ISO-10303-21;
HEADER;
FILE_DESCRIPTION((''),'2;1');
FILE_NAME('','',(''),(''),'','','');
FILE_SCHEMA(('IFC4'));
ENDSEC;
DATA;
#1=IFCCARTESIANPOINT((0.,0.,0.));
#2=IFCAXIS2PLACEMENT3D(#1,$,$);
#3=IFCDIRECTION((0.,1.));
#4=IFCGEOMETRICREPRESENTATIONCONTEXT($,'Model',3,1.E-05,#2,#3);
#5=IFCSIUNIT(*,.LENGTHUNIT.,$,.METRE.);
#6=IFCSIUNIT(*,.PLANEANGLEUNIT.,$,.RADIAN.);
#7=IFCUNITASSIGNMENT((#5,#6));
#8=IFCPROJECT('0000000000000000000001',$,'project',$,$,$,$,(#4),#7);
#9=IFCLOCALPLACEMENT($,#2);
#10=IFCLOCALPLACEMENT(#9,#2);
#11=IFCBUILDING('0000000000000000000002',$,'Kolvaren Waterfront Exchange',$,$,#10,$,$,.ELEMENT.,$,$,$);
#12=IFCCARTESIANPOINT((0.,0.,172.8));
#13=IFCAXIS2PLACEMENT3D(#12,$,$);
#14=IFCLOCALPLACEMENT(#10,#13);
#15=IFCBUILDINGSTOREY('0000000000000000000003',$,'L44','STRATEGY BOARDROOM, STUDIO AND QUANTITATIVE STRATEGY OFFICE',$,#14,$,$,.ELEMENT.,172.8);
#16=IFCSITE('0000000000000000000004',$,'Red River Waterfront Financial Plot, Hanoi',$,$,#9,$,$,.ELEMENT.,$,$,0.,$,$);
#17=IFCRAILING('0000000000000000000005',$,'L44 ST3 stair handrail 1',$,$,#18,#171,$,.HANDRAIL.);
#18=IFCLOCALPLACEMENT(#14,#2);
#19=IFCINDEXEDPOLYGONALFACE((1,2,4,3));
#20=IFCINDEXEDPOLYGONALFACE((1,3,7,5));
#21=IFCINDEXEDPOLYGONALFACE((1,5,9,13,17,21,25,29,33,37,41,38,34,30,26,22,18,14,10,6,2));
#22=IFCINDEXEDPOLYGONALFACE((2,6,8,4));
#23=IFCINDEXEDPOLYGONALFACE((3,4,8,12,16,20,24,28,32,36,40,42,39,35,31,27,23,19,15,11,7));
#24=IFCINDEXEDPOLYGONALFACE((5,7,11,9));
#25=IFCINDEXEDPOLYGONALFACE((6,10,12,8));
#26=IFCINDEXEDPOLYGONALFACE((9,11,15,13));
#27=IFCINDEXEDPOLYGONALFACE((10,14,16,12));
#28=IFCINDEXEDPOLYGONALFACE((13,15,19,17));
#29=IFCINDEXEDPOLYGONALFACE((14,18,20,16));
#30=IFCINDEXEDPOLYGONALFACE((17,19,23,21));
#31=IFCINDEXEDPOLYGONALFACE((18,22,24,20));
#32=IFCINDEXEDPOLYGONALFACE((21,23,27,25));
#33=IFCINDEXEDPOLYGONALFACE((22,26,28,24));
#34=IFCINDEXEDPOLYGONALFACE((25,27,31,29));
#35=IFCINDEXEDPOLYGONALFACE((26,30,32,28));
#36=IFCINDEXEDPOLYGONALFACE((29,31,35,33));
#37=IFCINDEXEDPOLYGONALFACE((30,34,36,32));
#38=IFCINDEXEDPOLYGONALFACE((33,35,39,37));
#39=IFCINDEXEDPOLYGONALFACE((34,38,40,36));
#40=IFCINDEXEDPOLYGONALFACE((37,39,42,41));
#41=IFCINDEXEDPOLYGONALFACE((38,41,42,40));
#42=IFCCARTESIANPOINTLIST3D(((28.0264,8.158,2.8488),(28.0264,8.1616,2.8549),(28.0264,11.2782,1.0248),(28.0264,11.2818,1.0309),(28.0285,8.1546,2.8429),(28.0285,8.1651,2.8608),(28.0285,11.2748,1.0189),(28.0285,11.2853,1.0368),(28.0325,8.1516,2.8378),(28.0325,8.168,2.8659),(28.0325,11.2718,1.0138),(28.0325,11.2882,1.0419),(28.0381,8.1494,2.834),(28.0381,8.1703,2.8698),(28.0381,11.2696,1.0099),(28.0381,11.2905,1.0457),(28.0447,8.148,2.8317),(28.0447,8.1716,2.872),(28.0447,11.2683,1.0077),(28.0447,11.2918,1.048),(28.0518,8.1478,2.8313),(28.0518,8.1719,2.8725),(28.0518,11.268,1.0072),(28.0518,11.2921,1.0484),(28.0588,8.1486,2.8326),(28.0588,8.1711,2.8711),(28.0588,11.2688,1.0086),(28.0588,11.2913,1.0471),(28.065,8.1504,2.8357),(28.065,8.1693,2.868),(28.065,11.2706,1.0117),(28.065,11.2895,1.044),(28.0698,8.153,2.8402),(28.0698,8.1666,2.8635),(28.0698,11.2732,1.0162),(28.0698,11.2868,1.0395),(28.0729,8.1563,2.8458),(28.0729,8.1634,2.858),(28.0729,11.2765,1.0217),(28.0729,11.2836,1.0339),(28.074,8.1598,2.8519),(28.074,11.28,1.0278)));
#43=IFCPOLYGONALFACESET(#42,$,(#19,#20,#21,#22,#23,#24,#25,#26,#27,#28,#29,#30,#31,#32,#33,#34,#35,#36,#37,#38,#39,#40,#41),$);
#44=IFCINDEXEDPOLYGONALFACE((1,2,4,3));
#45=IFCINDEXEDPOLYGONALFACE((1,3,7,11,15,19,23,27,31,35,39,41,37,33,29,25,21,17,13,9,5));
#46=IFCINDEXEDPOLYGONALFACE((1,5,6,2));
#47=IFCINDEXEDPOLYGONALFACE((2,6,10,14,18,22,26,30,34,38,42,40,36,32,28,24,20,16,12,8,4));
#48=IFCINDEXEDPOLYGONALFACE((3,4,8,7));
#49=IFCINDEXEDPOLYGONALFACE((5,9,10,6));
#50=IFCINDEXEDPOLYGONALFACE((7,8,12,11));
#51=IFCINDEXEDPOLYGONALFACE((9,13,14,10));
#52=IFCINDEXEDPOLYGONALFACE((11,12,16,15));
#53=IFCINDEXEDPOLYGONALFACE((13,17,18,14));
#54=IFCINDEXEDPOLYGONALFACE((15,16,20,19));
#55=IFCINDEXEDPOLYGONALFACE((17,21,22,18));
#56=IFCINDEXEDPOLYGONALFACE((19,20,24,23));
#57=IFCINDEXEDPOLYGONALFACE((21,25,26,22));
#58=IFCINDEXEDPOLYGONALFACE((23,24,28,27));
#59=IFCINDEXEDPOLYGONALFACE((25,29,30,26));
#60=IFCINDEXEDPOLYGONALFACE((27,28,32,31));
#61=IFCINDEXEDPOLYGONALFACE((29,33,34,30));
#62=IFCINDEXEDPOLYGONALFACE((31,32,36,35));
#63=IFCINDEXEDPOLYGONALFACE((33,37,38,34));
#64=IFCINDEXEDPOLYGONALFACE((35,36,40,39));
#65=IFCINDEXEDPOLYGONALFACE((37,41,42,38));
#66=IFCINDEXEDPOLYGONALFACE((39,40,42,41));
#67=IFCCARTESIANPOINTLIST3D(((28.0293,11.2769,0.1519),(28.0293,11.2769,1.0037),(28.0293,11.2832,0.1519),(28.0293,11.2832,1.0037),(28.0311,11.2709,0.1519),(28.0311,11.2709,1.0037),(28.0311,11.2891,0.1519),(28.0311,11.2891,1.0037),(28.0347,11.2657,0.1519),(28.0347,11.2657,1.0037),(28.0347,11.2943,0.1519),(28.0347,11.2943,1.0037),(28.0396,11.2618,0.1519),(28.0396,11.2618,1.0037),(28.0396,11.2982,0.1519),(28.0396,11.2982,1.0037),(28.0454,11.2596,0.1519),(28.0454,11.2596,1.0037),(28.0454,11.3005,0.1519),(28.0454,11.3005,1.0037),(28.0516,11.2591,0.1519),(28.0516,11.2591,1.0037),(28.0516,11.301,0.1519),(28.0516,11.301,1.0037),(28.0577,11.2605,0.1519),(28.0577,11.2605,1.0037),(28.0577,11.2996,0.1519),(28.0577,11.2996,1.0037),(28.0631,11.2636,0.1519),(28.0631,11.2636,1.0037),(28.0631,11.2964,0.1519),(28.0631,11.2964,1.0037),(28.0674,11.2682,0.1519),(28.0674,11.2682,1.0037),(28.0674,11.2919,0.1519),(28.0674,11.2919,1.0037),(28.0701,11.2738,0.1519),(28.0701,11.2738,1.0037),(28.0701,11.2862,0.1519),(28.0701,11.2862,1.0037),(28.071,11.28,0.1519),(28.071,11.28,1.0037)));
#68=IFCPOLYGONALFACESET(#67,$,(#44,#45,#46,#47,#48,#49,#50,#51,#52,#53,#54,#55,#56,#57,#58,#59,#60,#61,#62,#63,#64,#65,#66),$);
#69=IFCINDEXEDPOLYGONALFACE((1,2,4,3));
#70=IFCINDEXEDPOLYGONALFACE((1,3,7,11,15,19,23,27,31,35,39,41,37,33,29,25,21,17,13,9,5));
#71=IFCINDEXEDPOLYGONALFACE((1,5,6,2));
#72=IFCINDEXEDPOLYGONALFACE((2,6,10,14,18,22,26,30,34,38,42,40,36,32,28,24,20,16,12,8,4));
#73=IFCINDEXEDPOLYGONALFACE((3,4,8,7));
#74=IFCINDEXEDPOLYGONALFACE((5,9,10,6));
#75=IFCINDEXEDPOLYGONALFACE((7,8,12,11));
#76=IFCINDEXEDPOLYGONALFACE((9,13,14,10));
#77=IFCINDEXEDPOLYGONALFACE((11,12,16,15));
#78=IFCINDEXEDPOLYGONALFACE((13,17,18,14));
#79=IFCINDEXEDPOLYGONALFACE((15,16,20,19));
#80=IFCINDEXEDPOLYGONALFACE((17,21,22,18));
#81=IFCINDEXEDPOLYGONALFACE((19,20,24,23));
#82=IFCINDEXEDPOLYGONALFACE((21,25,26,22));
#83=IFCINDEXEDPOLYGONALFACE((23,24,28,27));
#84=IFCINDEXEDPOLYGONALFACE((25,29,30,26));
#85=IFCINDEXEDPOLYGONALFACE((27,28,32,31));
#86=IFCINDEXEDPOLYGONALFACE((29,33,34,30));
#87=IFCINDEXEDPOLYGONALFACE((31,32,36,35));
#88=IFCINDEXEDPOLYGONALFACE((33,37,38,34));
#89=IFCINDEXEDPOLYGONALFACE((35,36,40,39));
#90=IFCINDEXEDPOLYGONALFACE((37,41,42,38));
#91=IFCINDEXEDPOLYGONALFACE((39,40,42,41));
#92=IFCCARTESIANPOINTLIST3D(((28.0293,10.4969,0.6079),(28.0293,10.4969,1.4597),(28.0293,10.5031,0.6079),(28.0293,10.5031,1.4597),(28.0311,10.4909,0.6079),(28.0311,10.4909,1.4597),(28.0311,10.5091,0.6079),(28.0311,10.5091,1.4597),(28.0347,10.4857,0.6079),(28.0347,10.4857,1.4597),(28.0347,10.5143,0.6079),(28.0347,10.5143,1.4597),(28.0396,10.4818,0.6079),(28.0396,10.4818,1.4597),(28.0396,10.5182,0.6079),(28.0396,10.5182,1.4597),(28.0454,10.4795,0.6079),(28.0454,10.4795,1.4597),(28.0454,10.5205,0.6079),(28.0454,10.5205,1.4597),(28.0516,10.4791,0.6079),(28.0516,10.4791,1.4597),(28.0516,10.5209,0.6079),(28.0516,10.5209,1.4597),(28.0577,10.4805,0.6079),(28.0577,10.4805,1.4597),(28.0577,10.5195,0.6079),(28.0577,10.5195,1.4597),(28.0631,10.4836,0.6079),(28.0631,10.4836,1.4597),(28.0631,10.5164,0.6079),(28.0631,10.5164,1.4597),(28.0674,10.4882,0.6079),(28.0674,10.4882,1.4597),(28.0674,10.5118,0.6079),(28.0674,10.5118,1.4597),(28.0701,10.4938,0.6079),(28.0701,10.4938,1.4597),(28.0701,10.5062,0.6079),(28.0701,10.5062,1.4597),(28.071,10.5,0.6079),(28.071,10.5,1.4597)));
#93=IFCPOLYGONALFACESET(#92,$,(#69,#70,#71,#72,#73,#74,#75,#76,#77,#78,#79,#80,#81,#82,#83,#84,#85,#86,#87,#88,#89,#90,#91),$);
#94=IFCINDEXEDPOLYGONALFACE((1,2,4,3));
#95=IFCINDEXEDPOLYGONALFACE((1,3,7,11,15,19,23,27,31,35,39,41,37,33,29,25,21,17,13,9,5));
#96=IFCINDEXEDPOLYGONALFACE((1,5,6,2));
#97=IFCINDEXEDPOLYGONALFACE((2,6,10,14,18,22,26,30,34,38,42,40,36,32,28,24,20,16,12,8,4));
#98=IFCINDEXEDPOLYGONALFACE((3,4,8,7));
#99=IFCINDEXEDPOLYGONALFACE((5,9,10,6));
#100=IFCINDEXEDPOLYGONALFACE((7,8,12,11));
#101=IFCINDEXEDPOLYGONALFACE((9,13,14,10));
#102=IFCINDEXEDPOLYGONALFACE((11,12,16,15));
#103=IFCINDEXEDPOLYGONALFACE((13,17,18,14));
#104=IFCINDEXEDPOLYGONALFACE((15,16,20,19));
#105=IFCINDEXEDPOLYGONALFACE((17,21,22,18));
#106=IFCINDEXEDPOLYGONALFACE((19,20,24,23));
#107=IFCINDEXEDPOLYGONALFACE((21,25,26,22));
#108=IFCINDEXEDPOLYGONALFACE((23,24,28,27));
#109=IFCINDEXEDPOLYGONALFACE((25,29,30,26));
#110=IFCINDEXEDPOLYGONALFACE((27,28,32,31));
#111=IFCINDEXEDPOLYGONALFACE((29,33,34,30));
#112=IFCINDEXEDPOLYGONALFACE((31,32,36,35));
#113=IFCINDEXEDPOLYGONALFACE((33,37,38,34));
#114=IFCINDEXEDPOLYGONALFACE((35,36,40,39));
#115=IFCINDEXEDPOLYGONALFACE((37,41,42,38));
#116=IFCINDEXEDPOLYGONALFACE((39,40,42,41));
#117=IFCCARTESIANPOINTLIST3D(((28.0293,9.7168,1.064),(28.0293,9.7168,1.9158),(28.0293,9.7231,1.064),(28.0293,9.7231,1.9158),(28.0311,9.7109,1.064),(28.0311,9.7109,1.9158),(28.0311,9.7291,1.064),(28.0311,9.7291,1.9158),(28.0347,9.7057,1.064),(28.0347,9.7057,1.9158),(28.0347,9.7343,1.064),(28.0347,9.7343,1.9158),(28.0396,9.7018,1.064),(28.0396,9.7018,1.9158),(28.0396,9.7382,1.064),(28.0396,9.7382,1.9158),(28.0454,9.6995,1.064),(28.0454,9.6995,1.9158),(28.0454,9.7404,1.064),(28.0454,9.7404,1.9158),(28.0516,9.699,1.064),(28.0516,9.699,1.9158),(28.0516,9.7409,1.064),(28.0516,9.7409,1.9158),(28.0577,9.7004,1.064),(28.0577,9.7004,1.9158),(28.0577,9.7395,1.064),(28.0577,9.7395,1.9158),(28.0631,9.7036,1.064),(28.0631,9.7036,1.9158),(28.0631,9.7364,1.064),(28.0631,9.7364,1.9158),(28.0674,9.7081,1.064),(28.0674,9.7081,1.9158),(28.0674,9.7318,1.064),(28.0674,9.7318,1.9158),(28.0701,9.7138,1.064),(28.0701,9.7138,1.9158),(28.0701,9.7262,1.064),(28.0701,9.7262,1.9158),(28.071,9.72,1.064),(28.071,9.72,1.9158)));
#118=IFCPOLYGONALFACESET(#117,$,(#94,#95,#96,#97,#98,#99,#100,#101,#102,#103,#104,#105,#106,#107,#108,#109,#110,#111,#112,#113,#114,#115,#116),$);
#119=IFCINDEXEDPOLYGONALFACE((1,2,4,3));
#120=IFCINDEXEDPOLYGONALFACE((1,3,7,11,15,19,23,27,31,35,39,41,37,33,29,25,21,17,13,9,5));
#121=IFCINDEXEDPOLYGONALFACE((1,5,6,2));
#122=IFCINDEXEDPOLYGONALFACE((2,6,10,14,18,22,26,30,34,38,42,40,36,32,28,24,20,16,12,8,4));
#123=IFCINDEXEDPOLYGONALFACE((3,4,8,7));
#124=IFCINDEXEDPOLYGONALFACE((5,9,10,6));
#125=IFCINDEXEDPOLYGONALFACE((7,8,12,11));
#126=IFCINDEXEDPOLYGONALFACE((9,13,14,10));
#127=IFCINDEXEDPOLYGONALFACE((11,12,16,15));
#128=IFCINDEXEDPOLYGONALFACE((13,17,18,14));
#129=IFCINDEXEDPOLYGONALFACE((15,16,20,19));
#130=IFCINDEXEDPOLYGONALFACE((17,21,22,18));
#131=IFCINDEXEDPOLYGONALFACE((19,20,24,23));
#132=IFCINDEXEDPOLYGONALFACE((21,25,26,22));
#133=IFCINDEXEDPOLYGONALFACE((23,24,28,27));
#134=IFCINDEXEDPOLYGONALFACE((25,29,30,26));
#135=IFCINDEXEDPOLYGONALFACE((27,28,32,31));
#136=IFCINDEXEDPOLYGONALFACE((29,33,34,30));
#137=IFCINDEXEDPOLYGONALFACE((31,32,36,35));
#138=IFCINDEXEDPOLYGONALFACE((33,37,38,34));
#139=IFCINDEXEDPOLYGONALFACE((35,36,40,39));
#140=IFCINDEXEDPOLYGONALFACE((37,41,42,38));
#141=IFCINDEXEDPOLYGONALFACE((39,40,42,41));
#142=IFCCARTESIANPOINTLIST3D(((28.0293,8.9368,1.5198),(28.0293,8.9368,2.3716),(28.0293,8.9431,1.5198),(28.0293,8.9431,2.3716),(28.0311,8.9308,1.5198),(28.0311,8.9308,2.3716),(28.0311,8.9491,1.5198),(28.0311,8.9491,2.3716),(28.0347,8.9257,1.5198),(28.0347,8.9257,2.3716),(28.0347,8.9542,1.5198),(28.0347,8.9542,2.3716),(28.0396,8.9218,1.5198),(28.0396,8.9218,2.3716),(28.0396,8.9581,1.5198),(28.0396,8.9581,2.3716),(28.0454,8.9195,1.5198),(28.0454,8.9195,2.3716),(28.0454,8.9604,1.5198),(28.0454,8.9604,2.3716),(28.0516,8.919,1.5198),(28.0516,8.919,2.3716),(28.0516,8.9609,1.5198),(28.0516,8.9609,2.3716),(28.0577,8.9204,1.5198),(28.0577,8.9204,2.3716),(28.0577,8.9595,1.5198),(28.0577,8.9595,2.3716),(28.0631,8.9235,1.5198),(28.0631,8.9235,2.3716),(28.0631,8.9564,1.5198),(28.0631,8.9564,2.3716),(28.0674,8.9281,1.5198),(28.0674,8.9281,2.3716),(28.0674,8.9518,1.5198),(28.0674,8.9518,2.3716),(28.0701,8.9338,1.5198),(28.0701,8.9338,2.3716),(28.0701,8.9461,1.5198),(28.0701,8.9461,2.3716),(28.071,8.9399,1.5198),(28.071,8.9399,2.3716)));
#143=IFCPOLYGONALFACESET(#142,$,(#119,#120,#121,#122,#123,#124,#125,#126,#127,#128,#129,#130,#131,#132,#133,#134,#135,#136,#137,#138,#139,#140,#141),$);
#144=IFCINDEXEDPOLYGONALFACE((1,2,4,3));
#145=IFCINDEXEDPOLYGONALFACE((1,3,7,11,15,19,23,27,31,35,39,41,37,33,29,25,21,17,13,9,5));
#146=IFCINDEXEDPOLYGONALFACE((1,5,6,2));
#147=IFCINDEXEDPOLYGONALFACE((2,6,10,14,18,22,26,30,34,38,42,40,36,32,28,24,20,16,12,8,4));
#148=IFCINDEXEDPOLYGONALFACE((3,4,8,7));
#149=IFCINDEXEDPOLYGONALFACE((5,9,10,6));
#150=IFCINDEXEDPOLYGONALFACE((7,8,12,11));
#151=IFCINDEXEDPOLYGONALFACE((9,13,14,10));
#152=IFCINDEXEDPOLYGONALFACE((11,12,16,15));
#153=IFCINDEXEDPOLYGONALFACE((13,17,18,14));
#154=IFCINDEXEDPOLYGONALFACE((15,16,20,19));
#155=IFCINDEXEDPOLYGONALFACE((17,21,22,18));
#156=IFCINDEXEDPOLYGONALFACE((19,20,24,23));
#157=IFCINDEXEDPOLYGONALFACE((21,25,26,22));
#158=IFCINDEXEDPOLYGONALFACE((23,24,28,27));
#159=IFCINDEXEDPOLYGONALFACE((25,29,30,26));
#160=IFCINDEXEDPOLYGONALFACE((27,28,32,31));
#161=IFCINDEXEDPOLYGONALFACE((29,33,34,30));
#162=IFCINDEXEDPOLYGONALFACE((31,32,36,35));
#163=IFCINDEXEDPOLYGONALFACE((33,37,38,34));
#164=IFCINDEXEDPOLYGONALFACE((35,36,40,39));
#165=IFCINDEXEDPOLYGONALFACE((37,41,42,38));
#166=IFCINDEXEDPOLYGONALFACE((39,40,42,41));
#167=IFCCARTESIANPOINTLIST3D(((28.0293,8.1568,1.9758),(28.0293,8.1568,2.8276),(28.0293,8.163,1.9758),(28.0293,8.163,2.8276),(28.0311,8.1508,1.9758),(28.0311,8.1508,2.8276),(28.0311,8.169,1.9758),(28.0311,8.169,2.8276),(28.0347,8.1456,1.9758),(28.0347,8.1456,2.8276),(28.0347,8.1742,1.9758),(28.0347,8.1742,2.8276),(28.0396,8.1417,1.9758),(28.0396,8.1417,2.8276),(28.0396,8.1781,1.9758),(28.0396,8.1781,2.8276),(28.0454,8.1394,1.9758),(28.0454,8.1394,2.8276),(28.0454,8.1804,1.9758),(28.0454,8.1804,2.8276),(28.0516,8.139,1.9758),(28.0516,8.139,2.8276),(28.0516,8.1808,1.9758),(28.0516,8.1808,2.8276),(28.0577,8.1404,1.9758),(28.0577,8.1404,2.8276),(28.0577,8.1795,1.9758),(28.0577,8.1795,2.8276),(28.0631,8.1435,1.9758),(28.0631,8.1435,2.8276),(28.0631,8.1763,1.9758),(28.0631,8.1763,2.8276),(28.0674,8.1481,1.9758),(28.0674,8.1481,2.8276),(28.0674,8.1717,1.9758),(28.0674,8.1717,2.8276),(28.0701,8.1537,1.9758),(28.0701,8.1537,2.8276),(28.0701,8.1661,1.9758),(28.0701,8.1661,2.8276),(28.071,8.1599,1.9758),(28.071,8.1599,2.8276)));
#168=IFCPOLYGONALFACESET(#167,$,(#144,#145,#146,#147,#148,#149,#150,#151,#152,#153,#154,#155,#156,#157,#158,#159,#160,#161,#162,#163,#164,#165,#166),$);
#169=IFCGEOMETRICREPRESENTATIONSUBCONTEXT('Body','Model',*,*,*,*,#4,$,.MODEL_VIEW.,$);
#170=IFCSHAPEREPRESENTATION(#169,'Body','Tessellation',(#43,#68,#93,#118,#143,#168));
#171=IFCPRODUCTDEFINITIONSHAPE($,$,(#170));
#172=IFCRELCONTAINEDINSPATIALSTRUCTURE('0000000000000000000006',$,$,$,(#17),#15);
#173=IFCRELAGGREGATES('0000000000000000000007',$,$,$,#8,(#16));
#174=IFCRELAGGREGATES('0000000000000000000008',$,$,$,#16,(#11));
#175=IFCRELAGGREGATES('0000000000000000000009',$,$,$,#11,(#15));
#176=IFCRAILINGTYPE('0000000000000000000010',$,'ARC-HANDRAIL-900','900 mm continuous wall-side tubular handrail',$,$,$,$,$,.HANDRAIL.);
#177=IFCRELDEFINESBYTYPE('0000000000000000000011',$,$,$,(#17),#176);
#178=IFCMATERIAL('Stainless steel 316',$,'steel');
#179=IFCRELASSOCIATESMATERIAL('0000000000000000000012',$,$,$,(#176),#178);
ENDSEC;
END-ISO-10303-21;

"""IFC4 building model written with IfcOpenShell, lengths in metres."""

from ifc_helpers import new_model, si_unit, direction, frame, origin, origin_2d, place, context, subcontext, project, spatial, circle, extrude, material, type_object, element, save


model = new_model("IFC4")

# Units and contexts
model_context = context("Model", 3, precision=1e-05, world=origin(), true_north=direction((0.0, 1.0)))
body_context = subcontext(model_context, "Body", "Model", "MODEL_VIEW")
ifc_project = project(units=[si_unit("LENGTHUNIT", "METRE"), si_unit("PLANEANGLEUNIT", "RADIAN")], contexts=[model_context])

# Site, building, storey
site_placement = place(None, origin())
site = spatial("IfcSite", under=ifc_project, at=site_placement, Name="Red River Waterfront Financial Plot, Hanoi", CompositionType="ELEMENT", RefElevation=0.0)
building_placement = place(site_placement, origin())
building = spatial("IfcBuilding", under=site, at=building_placement, Name="Kolvaren Waterfront Exchange", CompositionType="ELEMENT")
storey_placement = place(building_placement, frame((0.0, 0.0, 172.8)))
storey = spatial("IfcBuildingStorey", under=building, at=storey_placement, Name="L44", Description="STRATEGY BOARDROOM, STUDIO AND QUANTITATIVE STRATEGY OFFICE", CompositionType="ELEMENT", Elevation=172.8)

# Railing
ifc_material_1 = material(Name="Stainless steel 316", Category="steel")
railing_type_1 = type_object("IfcRailingType", Name="ARC-HANDRAIL-900", Description="900 mm continuous wall-side tubular handrail", PredefinedType="HANDRAIL", material=ifc_material_1)
railing_1_placement = place(storey_placement, frame((28.05, 11.28, 0.1519)))
element("IfcRailing", 1, at=railing_1_placement, inside=storey, type_object=railing_type_1, Name="L44 ST3 stair handrail 1", PredefinedType="HANDRAIL", context=body_context, shape_type="SweptSolid", body=[
    extrude(circle(Radius=0.0239, at=origin_2d()), frame((0.0, 0.0, 0.876), z_axis=(0.0, -0.863308, 0.504677), x_axis=(1.0, 0.0, 0.0)), (0.0, 0.0, 1.0), 3.6143),
    extrude(circle(Radius=0.021, at=origin_2d()), origin(), (0.0, 0.0, 1.0), 0.8518),
    extrude(circle(Radius=0.021, at=origin_2d()), frame((0.0, -0.78, 0.4561)), (0.0, 0.0, 1.0), 0.8518),
    extrude(circle(Radius=0.021, at=origin_2d()), frame((0.0, -1.5601, 0.9121)), (0.0, 0.0, 1.0), 0.8518),
    extrude(circle(Radius=0.021, at=origin_2d()), frame((0.0, -2.3401, 1.3679)), (0.0, 0.0, 1.0), 0.8518),
    extrude(circle(Radius=0.021, at=origin_2d()), frame((0.0, -3.1201, 1.824)), (0.0, 0.0, 1.0), 0.8518),
])

save(model, "model.ifc")
